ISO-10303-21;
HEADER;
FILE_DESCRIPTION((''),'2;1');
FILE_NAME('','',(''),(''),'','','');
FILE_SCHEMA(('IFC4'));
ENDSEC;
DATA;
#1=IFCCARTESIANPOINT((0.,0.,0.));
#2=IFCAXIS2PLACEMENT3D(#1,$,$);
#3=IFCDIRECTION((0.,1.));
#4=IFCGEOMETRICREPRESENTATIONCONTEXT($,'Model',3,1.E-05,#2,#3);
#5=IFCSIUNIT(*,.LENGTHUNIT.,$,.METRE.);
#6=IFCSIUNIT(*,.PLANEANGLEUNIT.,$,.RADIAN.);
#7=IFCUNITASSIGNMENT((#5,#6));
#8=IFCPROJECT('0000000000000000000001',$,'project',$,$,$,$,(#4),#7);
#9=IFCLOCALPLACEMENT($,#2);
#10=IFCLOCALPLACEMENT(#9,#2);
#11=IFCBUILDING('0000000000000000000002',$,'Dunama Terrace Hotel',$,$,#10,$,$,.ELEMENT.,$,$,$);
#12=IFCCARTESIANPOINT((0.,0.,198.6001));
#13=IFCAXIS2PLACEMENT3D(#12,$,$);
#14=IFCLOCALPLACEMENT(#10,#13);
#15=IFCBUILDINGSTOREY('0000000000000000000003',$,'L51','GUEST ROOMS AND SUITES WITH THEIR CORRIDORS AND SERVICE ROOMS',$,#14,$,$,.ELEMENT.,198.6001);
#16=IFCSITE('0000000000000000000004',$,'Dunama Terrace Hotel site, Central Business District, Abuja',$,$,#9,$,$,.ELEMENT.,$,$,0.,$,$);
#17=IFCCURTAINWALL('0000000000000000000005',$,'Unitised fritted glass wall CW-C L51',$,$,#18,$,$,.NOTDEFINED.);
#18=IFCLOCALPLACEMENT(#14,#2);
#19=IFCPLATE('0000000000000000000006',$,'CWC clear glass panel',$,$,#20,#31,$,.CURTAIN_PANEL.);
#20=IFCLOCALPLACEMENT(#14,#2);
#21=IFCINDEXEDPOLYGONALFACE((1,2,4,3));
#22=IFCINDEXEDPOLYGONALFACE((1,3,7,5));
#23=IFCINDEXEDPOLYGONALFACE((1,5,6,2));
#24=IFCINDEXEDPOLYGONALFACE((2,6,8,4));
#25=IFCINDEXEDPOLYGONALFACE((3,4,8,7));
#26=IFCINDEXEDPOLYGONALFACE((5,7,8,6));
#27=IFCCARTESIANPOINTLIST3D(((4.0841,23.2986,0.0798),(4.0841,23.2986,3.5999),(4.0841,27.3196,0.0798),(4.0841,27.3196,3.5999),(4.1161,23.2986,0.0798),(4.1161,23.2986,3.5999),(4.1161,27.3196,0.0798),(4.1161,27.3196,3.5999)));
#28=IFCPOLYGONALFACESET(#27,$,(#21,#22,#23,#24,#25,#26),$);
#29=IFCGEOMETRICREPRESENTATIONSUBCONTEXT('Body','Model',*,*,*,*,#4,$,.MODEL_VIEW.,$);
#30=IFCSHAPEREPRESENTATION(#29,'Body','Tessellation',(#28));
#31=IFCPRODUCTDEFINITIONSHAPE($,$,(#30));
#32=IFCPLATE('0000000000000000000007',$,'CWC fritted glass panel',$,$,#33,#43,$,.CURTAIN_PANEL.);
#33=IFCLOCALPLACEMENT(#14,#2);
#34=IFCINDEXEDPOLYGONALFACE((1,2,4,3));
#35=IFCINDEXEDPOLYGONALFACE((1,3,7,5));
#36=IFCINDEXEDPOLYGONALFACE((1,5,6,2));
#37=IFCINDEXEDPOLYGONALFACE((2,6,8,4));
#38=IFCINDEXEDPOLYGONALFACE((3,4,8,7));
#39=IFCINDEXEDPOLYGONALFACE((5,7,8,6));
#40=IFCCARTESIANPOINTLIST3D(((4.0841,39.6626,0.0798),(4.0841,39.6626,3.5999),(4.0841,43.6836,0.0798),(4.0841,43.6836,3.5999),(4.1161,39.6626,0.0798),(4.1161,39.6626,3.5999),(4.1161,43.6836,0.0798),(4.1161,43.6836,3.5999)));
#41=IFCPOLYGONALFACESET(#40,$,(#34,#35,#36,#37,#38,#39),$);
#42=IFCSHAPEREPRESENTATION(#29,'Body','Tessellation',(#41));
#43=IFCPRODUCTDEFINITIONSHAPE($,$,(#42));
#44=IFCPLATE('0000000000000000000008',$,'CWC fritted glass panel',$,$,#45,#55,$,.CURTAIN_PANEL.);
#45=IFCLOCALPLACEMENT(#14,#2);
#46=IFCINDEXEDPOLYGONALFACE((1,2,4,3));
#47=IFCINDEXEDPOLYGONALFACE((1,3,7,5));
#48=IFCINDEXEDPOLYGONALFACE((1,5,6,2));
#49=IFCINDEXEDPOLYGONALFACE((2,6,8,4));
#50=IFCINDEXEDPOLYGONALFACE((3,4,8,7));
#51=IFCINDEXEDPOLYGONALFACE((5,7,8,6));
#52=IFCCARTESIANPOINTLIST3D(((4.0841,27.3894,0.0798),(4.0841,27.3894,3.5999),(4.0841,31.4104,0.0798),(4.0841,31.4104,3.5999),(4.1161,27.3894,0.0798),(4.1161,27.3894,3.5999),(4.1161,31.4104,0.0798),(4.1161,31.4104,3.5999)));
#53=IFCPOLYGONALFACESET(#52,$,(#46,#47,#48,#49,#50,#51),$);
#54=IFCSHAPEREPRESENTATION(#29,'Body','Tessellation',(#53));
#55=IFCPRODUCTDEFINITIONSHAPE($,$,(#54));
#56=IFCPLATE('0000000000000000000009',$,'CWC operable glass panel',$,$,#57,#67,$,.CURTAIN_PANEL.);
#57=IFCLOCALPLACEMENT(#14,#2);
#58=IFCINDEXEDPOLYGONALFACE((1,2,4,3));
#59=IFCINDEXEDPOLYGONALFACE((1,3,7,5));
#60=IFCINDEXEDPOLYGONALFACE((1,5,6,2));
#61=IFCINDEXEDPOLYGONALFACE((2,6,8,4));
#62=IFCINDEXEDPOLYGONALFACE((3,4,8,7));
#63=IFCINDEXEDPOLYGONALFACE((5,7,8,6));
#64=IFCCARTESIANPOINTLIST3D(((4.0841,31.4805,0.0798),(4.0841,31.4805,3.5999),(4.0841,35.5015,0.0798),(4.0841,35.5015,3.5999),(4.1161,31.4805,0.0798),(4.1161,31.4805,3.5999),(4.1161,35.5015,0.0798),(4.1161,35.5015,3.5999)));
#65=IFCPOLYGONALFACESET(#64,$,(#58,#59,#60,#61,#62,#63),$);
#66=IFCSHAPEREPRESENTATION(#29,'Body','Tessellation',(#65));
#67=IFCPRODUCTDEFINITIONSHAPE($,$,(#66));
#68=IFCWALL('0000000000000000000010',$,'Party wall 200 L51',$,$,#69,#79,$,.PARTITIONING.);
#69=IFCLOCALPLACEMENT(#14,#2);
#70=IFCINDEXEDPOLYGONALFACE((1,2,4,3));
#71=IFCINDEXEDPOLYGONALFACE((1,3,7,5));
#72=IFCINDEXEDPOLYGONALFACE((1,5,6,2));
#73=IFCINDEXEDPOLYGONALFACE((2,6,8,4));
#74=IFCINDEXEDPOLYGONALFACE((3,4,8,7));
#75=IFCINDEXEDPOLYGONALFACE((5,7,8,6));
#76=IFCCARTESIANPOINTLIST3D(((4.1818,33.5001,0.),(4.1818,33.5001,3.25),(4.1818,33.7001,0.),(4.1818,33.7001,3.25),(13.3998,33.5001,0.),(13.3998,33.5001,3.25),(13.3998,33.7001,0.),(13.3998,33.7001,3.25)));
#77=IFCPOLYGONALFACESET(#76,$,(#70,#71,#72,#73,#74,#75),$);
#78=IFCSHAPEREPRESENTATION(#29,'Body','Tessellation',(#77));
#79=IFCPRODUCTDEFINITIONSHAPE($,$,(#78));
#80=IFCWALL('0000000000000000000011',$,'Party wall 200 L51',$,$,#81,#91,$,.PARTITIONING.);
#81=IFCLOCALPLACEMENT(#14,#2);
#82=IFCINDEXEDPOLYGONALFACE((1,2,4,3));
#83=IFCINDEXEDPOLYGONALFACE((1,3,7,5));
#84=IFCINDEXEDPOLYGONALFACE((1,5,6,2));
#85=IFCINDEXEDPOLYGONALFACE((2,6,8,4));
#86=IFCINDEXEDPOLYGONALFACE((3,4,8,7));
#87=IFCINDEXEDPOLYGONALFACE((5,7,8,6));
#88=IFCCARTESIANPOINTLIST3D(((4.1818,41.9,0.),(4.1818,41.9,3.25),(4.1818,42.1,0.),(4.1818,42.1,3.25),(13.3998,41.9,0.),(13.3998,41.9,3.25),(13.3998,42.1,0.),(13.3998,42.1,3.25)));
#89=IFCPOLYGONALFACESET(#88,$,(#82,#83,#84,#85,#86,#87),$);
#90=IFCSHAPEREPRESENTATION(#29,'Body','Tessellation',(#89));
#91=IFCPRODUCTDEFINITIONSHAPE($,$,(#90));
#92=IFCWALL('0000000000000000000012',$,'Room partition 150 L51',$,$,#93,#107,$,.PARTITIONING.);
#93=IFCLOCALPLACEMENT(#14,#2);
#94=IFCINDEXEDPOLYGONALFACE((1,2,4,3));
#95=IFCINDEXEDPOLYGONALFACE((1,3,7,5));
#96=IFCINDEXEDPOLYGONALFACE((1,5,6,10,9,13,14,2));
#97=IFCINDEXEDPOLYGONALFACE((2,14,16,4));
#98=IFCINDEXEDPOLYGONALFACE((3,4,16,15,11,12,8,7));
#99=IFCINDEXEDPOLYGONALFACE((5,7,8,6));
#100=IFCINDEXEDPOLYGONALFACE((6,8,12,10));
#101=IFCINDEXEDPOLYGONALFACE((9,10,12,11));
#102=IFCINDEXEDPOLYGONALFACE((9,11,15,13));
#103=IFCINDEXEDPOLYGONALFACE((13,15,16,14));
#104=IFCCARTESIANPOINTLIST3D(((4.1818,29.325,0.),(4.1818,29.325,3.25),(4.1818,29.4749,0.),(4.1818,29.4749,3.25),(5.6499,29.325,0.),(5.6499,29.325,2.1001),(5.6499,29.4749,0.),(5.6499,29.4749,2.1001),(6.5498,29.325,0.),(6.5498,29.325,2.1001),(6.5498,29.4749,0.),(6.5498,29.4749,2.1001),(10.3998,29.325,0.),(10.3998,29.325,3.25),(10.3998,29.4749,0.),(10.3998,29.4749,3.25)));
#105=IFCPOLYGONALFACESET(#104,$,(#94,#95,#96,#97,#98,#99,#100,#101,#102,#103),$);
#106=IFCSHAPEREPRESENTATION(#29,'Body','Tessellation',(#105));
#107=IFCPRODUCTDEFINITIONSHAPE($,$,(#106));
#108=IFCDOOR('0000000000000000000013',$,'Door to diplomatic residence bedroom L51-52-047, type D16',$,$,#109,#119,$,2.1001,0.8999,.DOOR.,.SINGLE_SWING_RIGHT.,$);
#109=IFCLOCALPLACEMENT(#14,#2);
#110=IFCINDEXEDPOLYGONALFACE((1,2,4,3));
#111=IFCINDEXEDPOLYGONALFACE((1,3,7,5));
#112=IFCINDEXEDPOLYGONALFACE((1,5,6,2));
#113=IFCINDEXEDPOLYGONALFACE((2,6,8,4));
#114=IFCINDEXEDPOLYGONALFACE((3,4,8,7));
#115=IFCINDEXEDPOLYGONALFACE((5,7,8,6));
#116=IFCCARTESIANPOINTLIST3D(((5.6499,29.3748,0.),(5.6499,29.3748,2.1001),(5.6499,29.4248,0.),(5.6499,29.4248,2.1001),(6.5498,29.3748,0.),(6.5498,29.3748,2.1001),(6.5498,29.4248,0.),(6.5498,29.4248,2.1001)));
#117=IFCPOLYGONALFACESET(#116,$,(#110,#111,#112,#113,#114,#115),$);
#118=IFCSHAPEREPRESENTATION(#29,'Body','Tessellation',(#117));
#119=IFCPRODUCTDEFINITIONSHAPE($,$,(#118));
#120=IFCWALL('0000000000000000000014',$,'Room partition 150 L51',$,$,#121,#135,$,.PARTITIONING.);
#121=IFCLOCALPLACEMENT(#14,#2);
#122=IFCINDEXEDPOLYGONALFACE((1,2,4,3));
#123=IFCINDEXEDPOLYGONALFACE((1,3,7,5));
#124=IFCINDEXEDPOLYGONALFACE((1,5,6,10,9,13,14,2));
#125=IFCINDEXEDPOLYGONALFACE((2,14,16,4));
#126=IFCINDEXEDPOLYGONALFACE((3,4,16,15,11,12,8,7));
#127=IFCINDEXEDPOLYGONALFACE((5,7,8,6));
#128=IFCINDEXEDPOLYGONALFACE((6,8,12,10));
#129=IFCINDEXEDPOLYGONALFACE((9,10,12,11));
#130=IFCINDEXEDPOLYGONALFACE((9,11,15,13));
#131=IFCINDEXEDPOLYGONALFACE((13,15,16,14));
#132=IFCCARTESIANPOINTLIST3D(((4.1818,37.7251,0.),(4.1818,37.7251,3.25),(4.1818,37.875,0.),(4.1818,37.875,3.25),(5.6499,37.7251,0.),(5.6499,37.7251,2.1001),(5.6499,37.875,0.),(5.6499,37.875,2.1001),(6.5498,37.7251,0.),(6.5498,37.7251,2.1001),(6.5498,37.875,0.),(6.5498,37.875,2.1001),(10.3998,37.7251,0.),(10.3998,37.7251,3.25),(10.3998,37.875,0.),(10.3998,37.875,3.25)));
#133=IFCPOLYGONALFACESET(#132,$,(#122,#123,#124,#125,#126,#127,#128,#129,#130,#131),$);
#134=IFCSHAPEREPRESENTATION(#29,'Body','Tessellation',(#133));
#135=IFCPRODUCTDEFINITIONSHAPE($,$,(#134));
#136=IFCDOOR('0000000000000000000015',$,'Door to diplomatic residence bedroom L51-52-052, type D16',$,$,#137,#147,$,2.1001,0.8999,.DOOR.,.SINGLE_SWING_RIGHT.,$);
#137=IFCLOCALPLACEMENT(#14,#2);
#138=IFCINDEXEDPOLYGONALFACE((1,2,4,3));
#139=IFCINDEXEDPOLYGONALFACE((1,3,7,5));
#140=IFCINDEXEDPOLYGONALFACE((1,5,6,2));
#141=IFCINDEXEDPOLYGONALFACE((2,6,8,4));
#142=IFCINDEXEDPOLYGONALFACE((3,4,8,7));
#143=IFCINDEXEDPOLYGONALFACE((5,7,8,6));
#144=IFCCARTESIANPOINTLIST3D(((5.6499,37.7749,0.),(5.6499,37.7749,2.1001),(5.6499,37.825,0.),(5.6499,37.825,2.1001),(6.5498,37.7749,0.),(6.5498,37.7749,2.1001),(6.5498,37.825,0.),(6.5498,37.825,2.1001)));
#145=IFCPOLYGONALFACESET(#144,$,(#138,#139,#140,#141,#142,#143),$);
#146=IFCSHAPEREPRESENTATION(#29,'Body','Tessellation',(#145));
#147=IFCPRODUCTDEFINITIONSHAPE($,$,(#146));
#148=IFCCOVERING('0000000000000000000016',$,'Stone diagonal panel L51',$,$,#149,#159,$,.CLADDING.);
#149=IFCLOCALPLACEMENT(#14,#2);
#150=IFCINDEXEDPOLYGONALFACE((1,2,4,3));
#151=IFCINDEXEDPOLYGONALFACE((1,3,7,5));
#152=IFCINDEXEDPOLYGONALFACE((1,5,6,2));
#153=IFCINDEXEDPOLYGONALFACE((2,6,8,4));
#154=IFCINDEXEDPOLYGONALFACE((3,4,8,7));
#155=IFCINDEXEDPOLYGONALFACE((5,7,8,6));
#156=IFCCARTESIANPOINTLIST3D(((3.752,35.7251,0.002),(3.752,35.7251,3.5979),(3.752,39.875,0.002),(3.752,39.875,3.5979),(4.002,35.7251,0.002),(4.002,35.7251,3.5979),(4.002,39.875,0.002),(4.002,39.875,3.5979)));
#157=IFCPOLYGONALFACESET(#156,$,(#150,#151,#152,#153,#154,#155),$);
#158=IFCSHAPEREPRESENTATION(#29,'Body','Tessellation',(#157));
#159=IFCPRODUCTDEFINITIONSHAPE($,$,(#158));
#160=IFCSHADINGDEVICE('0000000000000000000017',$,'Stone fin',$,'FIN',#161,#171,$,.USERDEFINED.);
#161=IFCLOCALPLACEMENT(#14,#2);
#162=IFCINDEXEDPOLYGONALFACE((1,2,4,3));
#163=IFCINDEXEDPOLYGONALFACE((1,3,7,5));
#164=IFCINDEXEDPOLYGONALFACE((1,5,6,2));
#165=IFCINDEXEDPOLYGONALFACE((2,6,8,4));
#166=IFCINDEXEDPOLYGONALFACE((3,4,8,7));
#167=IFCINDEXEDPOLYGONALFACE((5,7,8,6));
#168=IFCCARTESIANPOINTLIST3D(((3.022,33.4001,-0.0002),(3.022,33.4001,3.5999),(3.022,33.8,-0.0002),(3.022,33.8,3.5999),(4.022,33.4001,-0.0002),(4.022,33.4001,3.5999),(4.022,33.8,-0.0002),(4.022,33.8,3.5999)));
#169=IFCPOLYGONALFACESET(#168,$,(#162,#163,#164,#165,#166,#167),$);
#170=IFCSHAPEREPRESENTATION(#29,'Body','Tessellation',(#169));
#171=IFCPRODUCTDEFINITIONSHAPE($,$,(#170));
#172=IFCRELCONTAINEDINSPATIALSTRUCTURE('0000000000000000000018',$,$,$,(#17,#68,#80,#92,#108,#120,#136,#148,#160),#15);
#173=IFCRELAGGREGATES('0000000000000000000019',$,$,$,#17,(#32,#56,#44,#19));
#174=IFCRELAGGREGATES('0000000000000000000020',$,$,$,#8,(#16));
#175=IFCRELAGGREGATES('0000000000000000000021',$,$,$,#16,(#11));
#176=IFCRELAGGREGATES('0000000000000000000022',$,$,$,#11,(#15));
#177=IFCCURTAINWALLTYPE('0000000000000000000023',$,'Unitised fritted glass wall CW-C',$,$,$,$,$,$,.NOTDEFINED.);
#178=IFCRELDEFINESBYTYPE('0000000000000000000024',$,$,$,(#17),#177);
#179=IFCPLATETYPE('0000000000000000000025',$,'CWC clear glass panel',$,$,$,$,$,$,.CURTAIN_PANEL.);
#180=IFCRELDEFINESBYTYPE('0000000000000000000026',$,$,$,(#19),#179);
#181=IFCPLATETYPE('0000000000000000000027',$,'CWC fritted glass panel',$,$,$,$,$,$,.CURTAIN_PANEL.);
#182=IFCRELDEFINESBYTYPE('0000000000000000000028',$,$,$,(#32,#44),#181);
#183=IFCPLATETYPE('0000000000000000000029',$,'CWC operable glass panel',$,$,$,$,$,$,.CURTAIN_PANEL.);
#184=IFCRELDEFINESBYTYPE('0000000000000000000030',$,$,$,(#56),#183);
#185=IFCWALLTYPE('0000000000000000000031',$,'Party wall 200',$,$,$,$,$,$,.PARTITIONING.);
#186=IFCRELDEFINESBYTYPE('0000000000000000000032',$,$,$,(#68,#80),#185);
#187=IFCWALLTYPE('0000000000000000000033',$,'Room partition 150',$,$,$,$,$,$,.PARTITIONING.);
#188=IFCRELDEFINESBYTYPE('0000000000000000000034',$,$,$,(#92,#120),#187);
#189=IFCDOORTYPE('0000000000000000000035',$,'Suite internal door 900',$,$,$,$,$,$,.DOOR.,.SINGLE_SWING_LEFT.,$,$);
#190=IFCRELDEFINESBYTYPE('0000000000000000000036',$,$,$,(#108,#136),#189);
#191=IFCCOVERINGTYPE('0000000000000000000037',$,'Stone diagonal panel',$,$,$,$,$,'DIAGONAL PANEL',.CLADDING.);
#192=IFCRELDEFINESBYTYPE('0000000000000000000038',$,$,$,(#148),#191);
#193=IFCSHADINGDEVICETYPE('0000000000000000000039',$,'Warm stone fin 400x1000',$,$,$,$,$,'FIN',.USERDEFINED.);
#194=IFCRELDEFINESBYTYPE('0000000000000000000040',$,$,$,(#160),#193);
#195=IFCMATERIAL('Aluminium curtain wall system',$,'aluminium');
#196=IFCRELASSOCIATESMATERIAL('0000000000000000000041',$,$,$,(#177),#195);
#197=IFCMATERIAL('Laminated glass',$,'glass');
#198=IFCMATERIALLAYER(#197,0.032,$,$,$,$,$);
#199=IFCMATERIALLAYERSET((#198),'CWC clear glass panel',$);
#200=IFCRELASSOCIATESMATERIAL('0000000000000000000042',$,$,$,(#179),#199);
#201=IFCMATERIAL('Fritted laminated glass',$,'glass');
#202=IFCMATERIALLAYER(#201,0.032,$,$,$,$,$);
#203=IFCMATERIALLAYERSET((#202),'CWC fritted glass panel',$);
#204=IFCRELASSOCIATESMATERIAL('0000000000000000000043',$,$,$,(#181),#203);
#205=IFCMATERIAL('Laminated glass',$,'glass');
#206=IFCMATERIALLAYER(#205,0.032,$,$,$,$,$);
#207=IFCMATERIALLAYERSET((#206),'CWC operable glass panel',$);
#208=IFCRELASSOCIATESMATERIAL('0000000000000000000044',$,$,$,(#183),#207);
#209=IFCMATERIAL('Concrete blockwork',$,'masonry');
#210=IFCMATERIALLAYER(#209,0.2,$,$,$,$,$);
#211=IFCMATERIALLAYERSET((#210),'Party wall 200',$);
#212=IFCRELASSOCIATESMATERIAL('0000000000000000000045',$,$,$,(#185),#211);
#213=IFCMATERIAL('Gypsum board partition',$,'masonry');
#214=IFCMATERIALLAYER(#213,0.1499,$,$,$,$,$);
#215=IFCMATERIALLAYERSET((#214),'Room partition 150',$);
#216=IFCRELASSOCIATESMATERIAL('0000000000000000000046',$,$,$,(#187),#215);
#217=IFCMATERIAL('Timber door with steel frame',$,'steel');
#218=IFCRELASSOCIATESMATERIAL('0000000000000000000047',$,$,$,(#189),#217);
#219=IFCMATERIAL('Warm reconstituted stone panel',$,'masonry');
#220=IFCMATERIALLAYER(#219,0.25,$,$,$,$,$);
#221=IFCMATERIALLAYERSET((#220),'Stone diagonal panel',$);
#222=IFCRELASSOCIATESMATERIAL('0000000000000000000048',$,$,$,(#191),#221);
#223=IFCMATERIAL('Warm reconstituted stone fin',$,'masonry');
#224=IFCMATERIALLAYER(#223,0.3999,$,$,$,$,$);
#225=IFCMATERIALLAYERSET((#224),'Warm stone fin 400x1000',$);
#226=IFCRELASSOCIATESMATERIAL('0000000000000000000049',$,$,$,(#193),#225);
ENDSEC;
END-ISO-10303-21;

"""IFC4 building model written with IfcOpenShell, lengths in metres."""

from ifc_helpers import new_model, si_unit, direction, frame, frame_2d, origin, origin_2d, place, context, subcontext, project, spatial, rectangle, extrude, material, layer, layer_set, type_object, element, fill, aggregate, save


model = new_model("IFC4")

# Units and contexts
model_context = context("Model", 3, precision=1e-05, world=origin(), true_north=direction((0.0, 1.0)))
body_context = subcontext(model_context, "Body", "Model", "MODEL_VIEW")
ifc_project = project(units=[si_unit("LENGTHUNIT", "METRE"), si_unit("PLANEANGLEUNIT", "RADIAN")], contexts=[model_context])

# Site, building, storey
site_placement = place(None, origin())
site = spatial("IfcSite", under=ifc_project, at=site_placement, Name="Dunama Terrace Hotel site, Central Business District, Abuja", CompositionType="ELEMENT", RefElevation=0.0)
building_placement = place(site_placement, origin())
building = spatial("IfcBuilding", under=site, at=building_placement, Name="Dunama Terrace Hotel", CompositionType="ELEMENT")
storey_placement = place(building_placement, frame((0.0, 0.0, 198.6001)))
storey = spatial("IfcBuildingStorey", under=building, at=storey_placement, Name="L51", Description="GUEST ROOMS AND SUITES WITH THEIR CORRIDORS AND SERVICE ROOMS", CompositionType="ELEMENT", Elevation=198.6001)

# Curtain wall
ifc_material_1 = material(Name="Aluminium curtain wall system", Category="aluminium")
curtain_wall_type = type_object("IfcCurtainWallType", Name="Unitised fritted glass wall CW-C", PredefinedType="NOTDEFINED", material=ifc_material_1)
curtain_wall_placement = place(storey_placement, origin())
curtain_wall = element("IfcCurtainWall", 1, at=curtain_wall_placement, inside=storey, type_object=curtain_wall_type, Name="Unitised fritted glass wall CW-C L51", PredefinedType="NOTDEFINED")

# Plates
ifc_material_2 = material(Name="Laminated glass", Category="glass")
ifc_layer_1 = layer(ifc_material_2, 0.032)
ifc_layer_set_1 = layer_set([ifc_layer_1], Name="CWC clear glass panel")
plate_type_1 = type_object("IfcPlateType", Name="CWC clear glass panel", PredefinedType="CURTAIN_PANEL", material=ifc_layer_set_1)
plate_1_placement = place(storey_placement, frame((4.1001, 25.3091, 0.0798), z_axis=(0.0, 0.0, 1.0), x_axis=(0.0, -1.0, 0.0)))
plate_1 = element("IfcPlate", 2, at=plate_1_placement, type_object=plate_type_1, Name="CWC clear glass panel", PredefinedType="CURTAIN_PANEL", context=body_context, shape_type="SweptSolid", body=[
    extrude(rectangle(XDim=4.021, YDim=0.032, at=origin_2d()), origin(), (0.0, 0.0, 1.0), 3.52),
])
ifc_material_3 = material(Name="Fritted laminated glass", Category="glass")
ifc_layer_2 = layer(ifc_material_3, 0.032)
ifc_layer_set_2 = layer_set([ifc_layer_2], Name="CWC fritted glass panel")
plate_type_2 = type_object("IfcPlateType", Name="CWC fritted glass panel", PredefinedType="CURTAIN_PANEL", material=ifc_layer_set_2)
plate_2_placement = place(storey_placement, frame((4.1001, 41.6731, 0.0798), z_axis=(0.0, 0.0, 1.0), x_axis=(0.0, -1.0, 0.0)))
plate_2 = element("IfcPlate", 3, at=plate_2_placement, type_object=plate_type_2, Name="CWC fritted glass panel", PredefinedType="CURTAIN_PANEL", context=body_context, shape_type="SweptSolid", body=[
    extrude(rectangle(XDim=4.021, YDim=0.032, at=origin_2d()), origin(), (0.0, 0.0, 1.0), 3.52),
])
plate_3_placement = place(storey_placement, frame((4.1001, 29.3999, 0.0798), z_axis=(0.0, 0.0, 1.0), x_axis=(0.0, -1.0, 0.0)))
plate_3 = element("IfcPlate", 4, at=plate_3_placement, type_object=plate_type_2, Name="CWC fritted glass panel", PredefinedType="CURTAIN_PANEL", context=body_context, shape_type="SweptSolid", body=[
    extrude(rectangle(XDim=4.021, YDim=0.032, at=origin_2d()), origin(), (0.0, 0.0, 1.0), 3.52),
])
ifc_material_4 = material(Name="Laminated glass", Category="glass")
ifc_layer_3 = layer(ifc_material_4, 0.032)
ifc_layer_set_3 = layer_set([ifc_layer_3], Name="CWC operable glass panel")
plate_type_3 = type_object("IfcPlateType", Name="CWC operable glass panel", PredefinedType="CURTAIN_PANEL", material=ifc_layer_set_3)
plate_4_placement = place(storey_placement, frame((4.1001, 33.491, 0.0798), z_axis=(0.0, 0.0, 1.0), x_axis=(0.0, -1.0, 0.0)))
plate_4 = element("IfcPlate", 5, at=plate_4_placement, type_object=plate_type_3, Name="CWC operable glass panel", PredefinedType="CURTAIN_PANEL", context=body_context, shape_type="SweptSolid", body=[
    extrude(rectangle(XDim=4.021, YDim=0.032, at=origin_2d()), origin(), (0.0, 0.0, 1.0), 3.52),
])
aggregate(curtain_wall, [plate_2, plate_4, plate_3, plate_1])

# Walls
ifc_material_5 = material(Name="Concrete blockwork", Category="masonry")
ifc_layer_4 = layer(ifc_material_5, 0.2)
ifc_layer_set_4 = layer_set([ifc_layer_4], Name="Party wall 200")
wall_type_1 = type_object("IfcWallType", Name="Party wall 200", PredefinedType="PARTITIONING", material=ifc_layer_set_4)
for number, where, z_axis, x_axis, name in (
    (6, (4.1819, 33.6001, 0.0), (0.0, 0.0, 1.0), (1.0, 0.0, 0.0), "Party wall 200 L51"),
    (7, (4.1819, 42.0, 0.0), (0.0, 0.0, 1.0), (1.0, 0.0, 0.0), "Party wall 200 L51"),
):
    element("IfcWall", number, at=place(storey_placement, frame(where, z_axis=z_axis, x_axis=x_axis)), inside=storey, type_object=wall_type_1, Name=name, PredefinedType="PARTITIONING", context=body_context, shape_type="SweptSolid", body=[
        extrude(rectangle(XDim=9.218, YDim=0.2, at=frame_2d((4.6089, 0.0))), origin(), (0.0, 0.0, 1.0), 3.25),
    ])

# Walls, openings, doors
ifc_material_6 = material(Name="Gypsum board partition", Category="masonry")
ifc_layer_5 = layer(ifc_material_6, 0.1499)
ifc_layer_set_5 = layer_set([ifc_layer_5], Name="Room partition 150")
wall_type_2 = type_object("IfcWallType", Name="Room partition 150", PredefinedType="PARTITIONING", material=ifc_layer_set_5)
wall_1_placement = place(storey_placement, frame((4.1819, 29.3999, 0.0), z_axis=(0.0, 0.0, 1.0), x_axis=(1.0, 0.0, 0.0)))
wall_1 = element("IfcWall", 8, at=wall_1_placement, inside=storey, type_object=wall_type_2, Name="Room partition 150 L51", PredefinedType="PARTITIONING", context=body_context, shape_type="SweptSolid", body=[
    extrude(rectangle(XDim=6.218, YDim=0.1499, at=frame_2d((3.1089, 0.0))), origin(), (0.0, 0.0, 1.0), 3.25),
])
opening_1_placement = place(wall_1_placement, frame((1.468, 0.0, 0.0)))
opening_1 = element("IfcOpeningElement", 9, at=opening_1_placement, cuts=wall_1, PredefinedType="OPENING", context=body_context, shape_type="SweptSolid", body=[
    extrude(rectangle(XDim=0.8999, YDim=2.1001, at=frame_2d((0.45, 1.05))), frame((0.0, 0.085, 0.0), z_axis=(0.0, -1.0, 0.0), x_axis=(1.0, 0.0, 0.0)), (0.0, 0.0, 1.0), 0.1699),
])
ifc_material_7 = material(Name="Timber door with steel frame", Category="steel")
door_type = type_object("IfcDoorType", Name="Suite internal door 900", OperationType="SINGLE_SWING_LEFT", PredefinedType="DOOR", material=ifc_material_7)
door_1_placement = place(opening_1_placement, origin())
door_1 = element("IfcDoor", 10, at=door_1_placement, inside=storey, type_object=door_type, Name="Door to diplomatic residence bedroom L51-52-047, type D16", OperationType="SINGLE_SWING_RIGHT", OverallHeight=2.1001, OverallWidth=0.8999, PredefinedType="DOOR", context=body_context, shape_type="SweptSolid", body=[
    extrude(rectangle(XDim=0.8999, YDim=2.1001, at=frame_2d((0.45, 1.05))), frame((0.0, 0.0249, 0.0), z_axis=(0.0, -1.0, 0.0), x_axis=(1.0, 0.0, 0.0)), (0.0, 0.0, 1.0), 0.05),
])
fill(opening_1, door_1)
wall_2_placement = place(storey_placement, frame((4.1819, 37.8, 0.0), z_axis=(0.0, 0.0, 1.0), x_axis=(1.0, 0.0, 0.0)))
wall_2 = element("IfcWall", 11, at=wall_2_placement, inside=storey, type_object=wall_type_2, Name="Room partition 150 L51", PredefinedType="PARTITIONING", context=body_context, shape_type="SweptSolid", body=[
    extrude(rectangle(XDim=6.218, YDim=0.1499, at=frame_2d((3.1089, 0.0))), origin(), (0.0, 0.0, 1.0), 3.25),
])
opening_2_placement = place(wall_2_placement, frame((1.468, 0.0, 0.0)))
opening_2 = element("IfcOpeningElement", 12, at=opening_2_placement, cuts=wall_2, PredefinedType="OPENING", context=body_context, shape_type="SweptSolid", body=[
    extrude(rectangle(XDim=0.8999, YDim=2.1001, at=frame_2d((0.45, 1.05))), frame((0.0, 0.085, 0.0), z_axis=(0.0, -1.0, 0.0), x_axis=(1.0, 0.0, 0.0)), (0.0, 0.0, 1.0), 0.1699),
])
door_2_placement = place(opening_2_placement, origin())
door_2 = element("IfcDoor", 13, at=door_2_placement, inside=storey, type_object=door_type, Name="Door to diplomatic residence bedroom L51-52-052, type D16", OperationType="SINGLE_SWING_RIGHT", OverallHeight=2.1001, OverallWidth=0.8999, PredefinedType="DOOR", context=body_context, shape_type="SweptSolid", body=[
    extrude(rectangle(XDim=0.8999, YDim=2.1001, at=frame_2d((0.45, 1.05))), frame((0.0, 0.0249, 0.0), z_axis=(0.0, -1.0, 0.0), x_axis=(1.0, 0.0, 0.0)), (0.0, 0.0, 1.0), 0.05),
])
fill(opening_2, door_2)

# Covering
ifc_material_8 = material(Name="Warm reconstituted stone panel", Category="masonry")
ifc_layer_6 = layer(ifc_material_8, 0.25)
ifc_layer_set_6 = layer_set([ifc_layer_6], Name="Stone diagonal panel")
covering_type = type_object("IfcCoveringType", Name="Stone diagonal panel", ElementType="DIAGONAL PANEL", PredefinedType="CLADDING", material=ifc_layer_set_6)
covering_placement = place(storey_placement, frame((3.877, 37.8, 0.002), z_axis=(0.0, 0.0, 1.0), x_axis=(0.0, -1.0, 0.0)))
element("IfcCovering", 14, at=covering_placement, inside=storey, type_object=covering_type, Name="Stone diagonal panel L51", PredefinedType="CLADDING", context=body_context, shape_type="SweptSolid", body=[
    extrude(rectangle(XDim=4.1499, YDim=0.25, at=origin_2d()), origin(), (0.0, 0.0, 1.0), 3.5959),
])

# Shading device
ifc_material_9 = material(Name="Warm reconstituted stone fin", Category="masonry")
ifc_layer_7 = layer(ifc_material_9, 0.3999)
ifc_layer_set_7 = layer_set([ifc_layer_7], Name="Warm stone fin 400x1000")
shading_device_type = type_object("IfcShadingDeviceType", Name="Warm stone fin 400x1000", ElementType="FIN", PredefinedType="USERDEFINED", material=ifc_layer_set_7)
shading_device_placement = place(storey_placement, frame((3.522, 33.6001, -0.0002), z_axis=(0.0, 0.0, 1.0), x_axis=(0.0, -1.0, 0.0)))
element("IfcShadingDevice", 15, at=shading_device_placement, inside=storey, type_object=shading_device_type, Name="Stone fin", ObjectType="FIN", PredefinedType="USERDEFINED", context=body_context, shape_type="SweptSolid", body=[
    extrude(rectangle(XDim=0.3999, YDim=1.0, at=origin_2d()), origin(), (0.0, 0.0, 1.0), 3.6001),
])

save(model, "model.ifc")
